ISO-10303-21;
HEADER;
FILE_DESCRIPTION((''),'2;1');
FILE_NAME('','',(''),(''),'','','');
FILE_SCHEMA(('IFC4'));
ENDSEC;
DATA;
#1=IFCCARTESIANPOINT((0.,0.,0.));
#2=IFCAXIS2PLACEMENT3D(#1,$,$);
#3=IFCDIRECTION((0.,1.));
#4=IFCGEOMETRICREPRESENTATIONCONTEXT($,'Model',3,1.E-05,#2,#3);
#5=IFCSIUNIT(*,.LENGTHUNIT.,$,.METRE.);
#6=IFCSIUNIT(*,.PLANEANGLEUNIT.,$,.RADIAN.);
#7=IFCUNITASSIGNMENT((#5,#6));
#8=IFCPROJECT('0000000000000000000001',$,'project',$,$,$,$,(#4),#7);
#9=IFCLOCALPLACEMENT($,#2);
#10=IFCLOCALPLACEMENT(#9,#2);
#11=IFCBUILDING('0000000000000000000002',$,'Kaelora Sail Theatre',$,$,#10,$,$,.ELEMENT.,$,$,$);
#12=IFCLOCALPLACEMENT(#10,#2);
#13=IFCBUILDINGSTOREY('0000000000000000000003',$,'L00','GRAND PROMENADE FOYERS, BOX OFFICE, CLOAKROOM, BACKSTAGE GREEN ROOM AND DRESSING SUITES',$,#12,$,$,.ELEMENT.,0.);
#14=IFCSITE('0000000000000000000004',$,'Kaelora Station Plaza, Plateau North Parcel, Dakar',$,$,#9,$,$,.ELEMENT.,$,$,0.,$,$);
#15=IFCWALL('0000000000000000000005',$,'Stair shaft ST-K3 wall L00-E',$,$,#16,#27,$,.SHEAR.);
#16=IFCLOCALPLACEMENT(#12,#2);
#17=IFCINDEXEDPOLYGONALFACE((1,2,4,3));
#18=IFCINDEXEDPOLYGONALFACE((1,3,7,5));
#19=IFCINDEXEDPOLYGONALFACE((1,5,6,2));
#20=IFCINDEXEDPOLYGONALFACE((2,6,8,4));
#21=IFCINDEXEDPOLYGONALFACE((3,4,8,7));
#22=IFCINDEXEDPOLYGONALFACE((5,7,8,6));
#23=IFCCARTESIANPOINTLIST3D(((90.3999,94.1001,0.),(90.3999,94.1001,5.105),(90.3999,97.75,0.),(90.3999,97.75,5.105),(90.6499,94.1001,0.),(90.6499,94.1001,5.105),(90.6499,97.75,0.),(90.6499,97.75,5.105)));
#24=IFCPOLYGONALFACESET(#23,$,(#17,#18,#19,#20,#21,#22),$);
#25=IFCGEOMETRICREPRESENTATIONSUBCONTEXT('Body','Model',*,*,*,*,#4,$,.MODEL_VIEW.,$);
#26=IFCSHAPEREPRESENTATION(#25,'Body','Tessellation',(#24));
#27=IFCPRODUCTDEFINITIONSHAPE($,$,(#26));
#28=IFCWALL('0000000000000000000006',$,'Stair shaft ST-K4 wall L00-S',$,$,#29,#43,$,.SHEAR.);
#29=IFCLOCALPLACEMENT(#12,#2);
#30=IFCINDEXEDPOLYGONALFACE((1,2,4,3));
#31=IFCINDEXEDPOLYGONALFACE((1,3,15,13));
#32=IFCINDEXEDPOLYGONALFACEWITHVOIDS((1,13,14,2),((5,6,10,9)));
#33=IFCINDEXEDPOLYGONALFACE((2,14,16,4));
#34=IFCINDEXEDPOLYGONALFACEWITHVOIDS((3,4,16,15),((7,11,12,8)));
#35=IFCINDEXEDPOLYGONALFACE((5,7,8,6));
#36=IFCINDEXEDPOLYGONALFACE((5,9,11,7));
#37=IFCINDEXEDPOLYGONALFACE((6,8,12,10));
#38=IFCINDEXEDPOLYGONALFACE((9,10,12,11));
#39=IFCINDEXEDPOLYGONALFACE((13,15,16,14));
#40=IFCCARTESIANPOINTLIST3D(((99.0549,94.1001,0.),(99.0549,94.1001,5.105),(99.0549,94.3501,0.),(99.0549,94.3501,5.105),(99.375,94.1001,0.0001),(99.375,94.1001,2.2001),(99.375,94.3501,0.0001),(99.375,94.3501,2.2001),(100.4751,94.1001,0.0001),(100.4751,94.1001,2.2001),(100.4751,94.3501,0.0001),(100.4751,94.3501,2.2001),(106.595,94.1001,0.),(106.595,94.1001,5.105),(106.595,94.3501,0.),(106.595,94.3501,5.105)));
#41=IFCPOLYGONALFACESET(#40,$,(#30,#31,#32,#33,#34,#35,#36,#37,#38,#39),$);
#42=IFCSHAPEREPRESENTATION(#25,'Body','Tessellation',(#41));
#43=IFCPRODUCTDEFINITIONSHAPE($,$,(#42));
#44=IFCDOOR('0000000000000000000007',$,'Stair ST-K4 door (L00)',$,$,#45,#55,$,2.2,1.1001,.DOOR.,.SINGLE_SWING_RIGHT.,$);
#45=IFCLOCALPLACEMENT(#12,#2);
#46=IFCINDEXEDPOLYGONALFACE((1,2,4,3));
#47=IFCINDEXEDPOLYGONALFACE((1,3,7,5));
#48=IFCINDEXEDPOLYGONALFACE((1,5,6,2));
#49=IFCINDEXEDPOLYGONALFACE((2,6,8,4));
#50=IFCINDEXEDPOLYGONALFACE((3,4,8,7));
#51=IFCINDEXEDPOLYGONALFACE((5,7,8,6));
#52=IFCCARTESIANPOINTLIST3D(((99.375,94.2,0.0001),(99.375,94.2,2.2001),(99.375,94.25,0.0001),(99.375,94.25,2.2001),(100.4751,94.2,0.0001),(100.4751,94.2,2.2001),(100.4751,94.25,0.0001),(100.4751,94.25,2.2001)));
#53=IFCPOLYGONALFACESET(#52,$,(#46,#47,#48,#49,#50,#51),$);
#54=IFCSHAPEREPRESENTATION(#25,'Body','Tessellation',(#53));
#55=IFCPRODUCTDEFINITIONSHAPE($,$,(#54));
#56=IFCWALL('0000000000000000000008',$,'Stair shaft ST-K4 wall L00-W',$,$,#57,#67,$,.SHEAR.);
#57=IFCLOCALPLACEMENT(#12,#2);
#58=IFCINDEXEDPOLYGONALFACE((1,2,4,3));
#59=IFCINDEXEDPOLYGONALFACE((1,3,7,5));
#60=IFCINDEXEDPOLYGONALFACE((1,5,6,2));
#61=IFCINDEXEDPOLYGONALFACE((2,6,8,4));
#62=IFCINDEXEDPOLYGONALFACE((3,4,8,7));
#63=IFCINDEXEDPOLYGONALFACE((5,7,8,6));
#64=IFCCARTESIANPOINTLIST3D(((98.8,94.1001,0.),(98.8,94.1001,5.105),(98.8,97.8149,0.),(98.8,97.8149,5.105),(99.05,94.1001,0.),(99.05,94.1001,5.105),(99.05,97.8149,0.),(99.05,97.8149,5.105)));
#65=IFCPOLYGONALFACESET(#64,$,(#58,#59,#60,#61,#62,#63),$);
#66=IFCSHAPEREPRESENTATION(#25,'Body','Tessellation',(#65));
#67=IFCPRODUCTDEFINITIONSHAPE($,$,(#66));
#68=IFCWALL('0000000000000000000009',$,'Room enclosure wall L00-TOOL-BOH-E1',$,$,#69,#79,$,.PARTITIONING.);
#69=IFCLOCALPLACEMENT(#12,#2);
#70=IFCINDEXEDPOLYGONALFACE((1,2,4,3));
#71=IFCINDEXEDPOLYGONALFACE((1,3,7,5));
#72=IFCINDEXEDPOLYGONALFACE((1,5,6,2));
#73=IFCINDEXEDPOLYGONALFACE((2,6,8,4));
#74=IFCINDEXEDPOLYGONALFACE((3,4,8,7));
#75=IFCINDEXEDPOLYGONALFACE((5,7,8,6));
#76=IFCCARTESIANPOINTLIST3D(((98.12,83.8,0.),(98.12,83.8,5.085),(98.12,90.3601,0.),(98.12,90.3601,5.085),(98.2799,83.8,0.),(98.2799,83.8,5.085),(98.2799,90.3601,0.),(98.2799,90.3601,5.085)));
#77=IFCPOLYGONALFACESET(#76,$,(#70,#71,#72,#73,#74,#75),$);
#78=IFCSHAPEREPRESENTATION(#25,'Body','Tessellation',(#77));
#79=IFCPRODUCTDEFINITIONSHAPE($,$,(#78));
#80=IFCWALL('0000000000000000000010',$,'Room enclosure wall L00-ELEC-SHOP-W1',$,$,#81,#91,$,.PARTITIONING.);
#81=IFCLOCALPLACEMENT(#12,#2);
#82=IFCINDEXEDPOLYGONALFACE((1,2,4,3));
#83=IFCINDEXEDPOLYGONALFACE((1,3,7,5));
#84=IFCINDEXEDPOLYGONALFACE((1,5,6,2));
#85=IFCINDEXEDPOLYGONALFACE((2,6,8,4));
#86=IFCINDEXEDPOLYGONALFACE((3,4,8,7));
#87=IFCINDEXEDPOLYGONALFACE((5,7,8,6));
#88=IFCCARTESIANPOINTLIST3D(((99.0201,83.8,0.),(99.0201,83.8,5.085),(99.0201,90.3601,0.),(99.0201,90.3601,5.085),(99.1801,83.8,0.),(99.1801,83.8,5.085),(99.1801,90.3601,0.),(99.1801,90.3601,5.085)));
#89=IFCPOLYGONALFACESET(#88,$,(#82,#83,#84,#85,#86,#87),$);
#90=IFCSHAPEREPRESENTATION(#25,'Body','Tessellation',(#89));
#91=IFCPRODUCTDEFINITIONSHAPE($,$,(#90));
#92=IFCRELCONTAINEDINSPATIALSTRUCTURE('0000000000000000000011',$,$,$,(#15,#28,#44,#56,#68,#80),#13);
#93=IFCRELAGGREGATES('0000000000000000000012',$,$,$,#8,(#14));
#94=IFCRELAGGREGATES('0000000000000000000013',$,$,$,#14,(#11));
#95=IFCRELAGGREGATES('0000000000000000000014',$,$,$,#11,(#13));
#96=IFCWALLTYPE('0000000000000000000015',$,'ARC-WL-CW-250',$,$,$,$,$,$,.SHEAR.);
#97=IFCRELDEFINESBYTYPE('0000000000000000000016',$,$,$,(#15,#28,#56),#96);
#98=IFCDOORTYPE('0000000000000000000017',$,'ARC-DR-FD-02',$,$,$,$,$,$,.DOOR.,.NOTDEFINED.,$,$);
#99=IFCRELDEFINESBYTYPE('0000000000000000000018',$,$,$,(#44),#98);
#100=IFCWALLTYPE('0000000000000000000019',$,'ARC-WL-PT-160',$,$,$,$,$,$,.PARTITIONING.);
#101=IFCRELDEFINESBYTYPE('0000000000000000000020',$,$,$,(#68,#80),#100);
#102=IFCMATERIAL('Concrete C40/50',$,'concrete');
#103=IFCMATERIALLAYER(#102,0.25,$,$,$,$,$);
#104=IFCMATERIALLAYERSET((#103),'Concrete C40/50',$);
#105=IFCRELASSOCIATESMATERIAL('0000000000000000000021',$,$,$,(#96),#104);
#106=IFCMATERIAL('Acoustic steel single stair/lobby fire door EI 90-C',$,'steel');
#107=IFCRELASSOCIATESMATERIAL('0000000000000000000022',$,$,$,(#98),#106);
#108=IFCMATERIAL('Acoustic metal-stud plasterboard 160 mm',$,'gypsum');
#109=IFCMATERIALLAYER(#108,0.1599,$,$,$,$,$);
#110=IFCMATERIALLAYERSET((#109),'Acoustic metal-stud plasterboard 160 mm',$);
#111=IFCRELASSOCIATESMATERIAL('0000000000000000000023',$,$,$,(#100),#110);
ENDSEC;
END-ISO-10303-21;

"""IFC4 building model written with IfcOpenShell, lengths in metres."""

from ifc_helpers import new_model, si_unit, direction, frame, frame_2d, origin, place, context, subcontext, project, spatial, rectangle, extrude, material, layer, layer_set, type_object, element, fill, save


model = new_model("IFC4")

# Units and contexts
model_context = context("Model", 3, precision=1e-05, world=origin(), true_north=direction((0.0, 1.0)))
body_context = subcontext(model_context, "Body", "Model", "MODEL_VIEW")
ifc_project = project(units=[si_unit("LENGTHUNIT", "METRE"), si_unit("PLANEANGLEUNIT", "RADIAN")], contexts=[model_context])

# Site, building, storey
site_placement = place(None, origin())
site = spatial("IfcSite", under=ifc_project, at=site_placement, Name="Kaelora Station Plaza, Plateau North Parcel, Dakar", CompositionType="ELEMENT", RefElevation=0.0)
building_placement = place(site_placement, origin())
building = spatial("IfcBuilding", under=site, at=building_placement, Name="Kaelora Sail Theatre", CompositionType="ELEMENT")
storey_placement = place(building_placement, origin())
storey = spatial("IfcBuildingStorey", under=building, at=storey_placement, Name="L00", Description="GRAND PROMENADE FOYERS, BOX OFFICE, CLOAKROOM, BACKSTAGE GREEN ROOM AND DRESSING SUITES", CompositionType="ELEMENT", Elevation=0.0)

# Wall
ifc_material_1 = material(Name="Concrete C40/50", Category="concrete")
ifc_layer_1 = layer(ifc_material_1, 0.25)
ifc_layer_set_1 = layer_set([ifc_layer_1], Name="Concrete C40/50")
wall_type_1 = type_object("IfcWallType", Name="ARC-WL-CW-250", PredefinedType="SHEAR", material=ifc_layer_set_1)
wall_1_placement = place(storey_placement, frame((90.5249, 94.1001, 0.0), z_axis=(0.0, 0.0, 1.0), x_axis=(0.0, 1.0, 0.0)))
element("IfcWall", 1, at=wall_1_placement, inside=storey, type_object=wall_type_1, Name="Stair shaft ST-K3 wall L00-E", PredefinedType="SHEAR", context=body_context, shape_type="SweptSolid", body=[
    extrude(rectangle(XDim=3.6499, YDim=0.25, at=frame_2d((1.825, 0.0))), origin(), (0.0, 0.0, 1.0), 5.105),
])

# Wall, opening, door
wall_2_placement = place(storey_placement, frame((99.0549, 94.2251, 0.0), z_axis=(0.0, 0.0, 1.0), x_axis=(1.0, 0.0, 0.0)))
wall_2 = element("IfcWall", 2, at=wall_2_placement, inside=storey, type_object=wall_type_1, Name="Stair shaft ST-K4 wall L00-S", PredefinedType="SHEAR", context=body_context, shape_type="SweptSolid", body=[
    extrude(rectangle(XDim=7.54, YDim=0.25, at=frame_2d((3.77, 0.0))), origin(), (0.0, 0.0, 1.0), 5.105),
])
opening_placement = place(wall_2_placement, frame((0.3201, 0.0, 0.0)))
opening = element("IfcOpeningElement", 3, at=opening_placement, cuts=wall_2, PredefinedType="OPENING", context=body_context, shape_type="SweptSolid", body=[
    extrude(rectangle(XDim=1.1001, YDim=2.2, at=frame_2d((0.55, 1.1001))), frame((0.0, 0.135, 0.0), z_axis=(0.0, -1.0, 0.0), x_axis=(1.0, 0.0, 0.0)), (0.0, 0.0, 1.0), 0.27),
])
ifc_material_2 = material(Name="Acoustic steel single stair/lobby fire door EI 90-C", Category="steel")
door_type = type_object("IfcDoorType", Name="ARC-DR-FD-02", OperationType="NOTDEFINED", PredefinedType="DOOR", material=ifc_material_2)
door_placement = place(opening_placement, origin())
door = element("IfcDoor", 4, at=door_placement, inside=storey, type_object=door_type, Name="Stair ST-K4 door (L00)", OperationType="SINGLE_SWING_RIGHT", OverallHeight=2.2, OverallWidth=1.1001, PredefinedType="DOOR", context=body_context, shape_type="SweptSolid", body=[
    extrude(rectangle(XDim=1.1001, YDim=2.2, at=frame_2d((0.55, 1.1001))), frame((0.0, 0.0249, 0.0), z_axis=(0.0, -1.0, 0.0), x_axis=(1.0, 0.0, 0.0)), (0.0, 0.0, 1.0), 0.05),
])
fill(opening, door)

# Walls
wall_3_placement = place(storey_placement, frame((98.925, 94.1001, 0.0), z_axis=(0.0, 0.0, 1.0), x_axis=(0.0, 1.0, 0.0)))
element("IfcWall", 5, at=wall_3_placement, inside=storey, type_object=wall_type_1, Name="Stair shaft ST-K4 wall L00-W", PredefinedType="SHEAR", context=body_context, shape_type="SweptSolid", body=[
    extrude(rectangle(XDim=3.7148, YDim=0.25, at=frame_2d((1.8574, 0.0))), origin(), (0.0, 0.0, 1.0), 5.105),
])
ifc_material_3 = material(Name="Acoustic metal-stud plasterboard 160 mm", Category="gypsum")
ifc_layer_2 = layer(ifc_material_3, 0.1599)
ifc_layer_set_2 = layer_set([ifc_layer_2], Name="Acoustic metal-stud plasterboard 160 mm")
wall_type_2 = type_object("IfcWallType", Name="ARC-WL-PT-160", PredefinedType="PARTITIONING", material=ifc_layer_set_2)
for number, where, z_axis, x_axis, name in (
    (6, (98.2, 83.8, 0.0), (0.0, 0.0, 1.0), (0.0, 1.0, 0.0), "Room enclosure wall L00-TOOL-BOH-E1"),
    (7, (99.1001, 83.8, 0.0), (0.0, 0.0, 1.0), (0.0, 1.0, 0.0), "Room enclosure wall L00-ELEC-SHOP-W1"),
):
    element("IfcWall", number, at=place(storey_placement, frame(where, z_axis=z_axis, x_axis=x_axis)), inside=storey, type_object=wall_type_2, Name=name, PredefinedType="PARTITIONING", context=body_context, shape_type="SweptSolid", body=[
        extrude(rectangle(XDim=6.5601, YDim=0.1599, at=frame_2d((3.28, 0.0))), origin(), (0.0, 0.0, 1.0), 5.085),
    ])

save(model, "model.ifc")
